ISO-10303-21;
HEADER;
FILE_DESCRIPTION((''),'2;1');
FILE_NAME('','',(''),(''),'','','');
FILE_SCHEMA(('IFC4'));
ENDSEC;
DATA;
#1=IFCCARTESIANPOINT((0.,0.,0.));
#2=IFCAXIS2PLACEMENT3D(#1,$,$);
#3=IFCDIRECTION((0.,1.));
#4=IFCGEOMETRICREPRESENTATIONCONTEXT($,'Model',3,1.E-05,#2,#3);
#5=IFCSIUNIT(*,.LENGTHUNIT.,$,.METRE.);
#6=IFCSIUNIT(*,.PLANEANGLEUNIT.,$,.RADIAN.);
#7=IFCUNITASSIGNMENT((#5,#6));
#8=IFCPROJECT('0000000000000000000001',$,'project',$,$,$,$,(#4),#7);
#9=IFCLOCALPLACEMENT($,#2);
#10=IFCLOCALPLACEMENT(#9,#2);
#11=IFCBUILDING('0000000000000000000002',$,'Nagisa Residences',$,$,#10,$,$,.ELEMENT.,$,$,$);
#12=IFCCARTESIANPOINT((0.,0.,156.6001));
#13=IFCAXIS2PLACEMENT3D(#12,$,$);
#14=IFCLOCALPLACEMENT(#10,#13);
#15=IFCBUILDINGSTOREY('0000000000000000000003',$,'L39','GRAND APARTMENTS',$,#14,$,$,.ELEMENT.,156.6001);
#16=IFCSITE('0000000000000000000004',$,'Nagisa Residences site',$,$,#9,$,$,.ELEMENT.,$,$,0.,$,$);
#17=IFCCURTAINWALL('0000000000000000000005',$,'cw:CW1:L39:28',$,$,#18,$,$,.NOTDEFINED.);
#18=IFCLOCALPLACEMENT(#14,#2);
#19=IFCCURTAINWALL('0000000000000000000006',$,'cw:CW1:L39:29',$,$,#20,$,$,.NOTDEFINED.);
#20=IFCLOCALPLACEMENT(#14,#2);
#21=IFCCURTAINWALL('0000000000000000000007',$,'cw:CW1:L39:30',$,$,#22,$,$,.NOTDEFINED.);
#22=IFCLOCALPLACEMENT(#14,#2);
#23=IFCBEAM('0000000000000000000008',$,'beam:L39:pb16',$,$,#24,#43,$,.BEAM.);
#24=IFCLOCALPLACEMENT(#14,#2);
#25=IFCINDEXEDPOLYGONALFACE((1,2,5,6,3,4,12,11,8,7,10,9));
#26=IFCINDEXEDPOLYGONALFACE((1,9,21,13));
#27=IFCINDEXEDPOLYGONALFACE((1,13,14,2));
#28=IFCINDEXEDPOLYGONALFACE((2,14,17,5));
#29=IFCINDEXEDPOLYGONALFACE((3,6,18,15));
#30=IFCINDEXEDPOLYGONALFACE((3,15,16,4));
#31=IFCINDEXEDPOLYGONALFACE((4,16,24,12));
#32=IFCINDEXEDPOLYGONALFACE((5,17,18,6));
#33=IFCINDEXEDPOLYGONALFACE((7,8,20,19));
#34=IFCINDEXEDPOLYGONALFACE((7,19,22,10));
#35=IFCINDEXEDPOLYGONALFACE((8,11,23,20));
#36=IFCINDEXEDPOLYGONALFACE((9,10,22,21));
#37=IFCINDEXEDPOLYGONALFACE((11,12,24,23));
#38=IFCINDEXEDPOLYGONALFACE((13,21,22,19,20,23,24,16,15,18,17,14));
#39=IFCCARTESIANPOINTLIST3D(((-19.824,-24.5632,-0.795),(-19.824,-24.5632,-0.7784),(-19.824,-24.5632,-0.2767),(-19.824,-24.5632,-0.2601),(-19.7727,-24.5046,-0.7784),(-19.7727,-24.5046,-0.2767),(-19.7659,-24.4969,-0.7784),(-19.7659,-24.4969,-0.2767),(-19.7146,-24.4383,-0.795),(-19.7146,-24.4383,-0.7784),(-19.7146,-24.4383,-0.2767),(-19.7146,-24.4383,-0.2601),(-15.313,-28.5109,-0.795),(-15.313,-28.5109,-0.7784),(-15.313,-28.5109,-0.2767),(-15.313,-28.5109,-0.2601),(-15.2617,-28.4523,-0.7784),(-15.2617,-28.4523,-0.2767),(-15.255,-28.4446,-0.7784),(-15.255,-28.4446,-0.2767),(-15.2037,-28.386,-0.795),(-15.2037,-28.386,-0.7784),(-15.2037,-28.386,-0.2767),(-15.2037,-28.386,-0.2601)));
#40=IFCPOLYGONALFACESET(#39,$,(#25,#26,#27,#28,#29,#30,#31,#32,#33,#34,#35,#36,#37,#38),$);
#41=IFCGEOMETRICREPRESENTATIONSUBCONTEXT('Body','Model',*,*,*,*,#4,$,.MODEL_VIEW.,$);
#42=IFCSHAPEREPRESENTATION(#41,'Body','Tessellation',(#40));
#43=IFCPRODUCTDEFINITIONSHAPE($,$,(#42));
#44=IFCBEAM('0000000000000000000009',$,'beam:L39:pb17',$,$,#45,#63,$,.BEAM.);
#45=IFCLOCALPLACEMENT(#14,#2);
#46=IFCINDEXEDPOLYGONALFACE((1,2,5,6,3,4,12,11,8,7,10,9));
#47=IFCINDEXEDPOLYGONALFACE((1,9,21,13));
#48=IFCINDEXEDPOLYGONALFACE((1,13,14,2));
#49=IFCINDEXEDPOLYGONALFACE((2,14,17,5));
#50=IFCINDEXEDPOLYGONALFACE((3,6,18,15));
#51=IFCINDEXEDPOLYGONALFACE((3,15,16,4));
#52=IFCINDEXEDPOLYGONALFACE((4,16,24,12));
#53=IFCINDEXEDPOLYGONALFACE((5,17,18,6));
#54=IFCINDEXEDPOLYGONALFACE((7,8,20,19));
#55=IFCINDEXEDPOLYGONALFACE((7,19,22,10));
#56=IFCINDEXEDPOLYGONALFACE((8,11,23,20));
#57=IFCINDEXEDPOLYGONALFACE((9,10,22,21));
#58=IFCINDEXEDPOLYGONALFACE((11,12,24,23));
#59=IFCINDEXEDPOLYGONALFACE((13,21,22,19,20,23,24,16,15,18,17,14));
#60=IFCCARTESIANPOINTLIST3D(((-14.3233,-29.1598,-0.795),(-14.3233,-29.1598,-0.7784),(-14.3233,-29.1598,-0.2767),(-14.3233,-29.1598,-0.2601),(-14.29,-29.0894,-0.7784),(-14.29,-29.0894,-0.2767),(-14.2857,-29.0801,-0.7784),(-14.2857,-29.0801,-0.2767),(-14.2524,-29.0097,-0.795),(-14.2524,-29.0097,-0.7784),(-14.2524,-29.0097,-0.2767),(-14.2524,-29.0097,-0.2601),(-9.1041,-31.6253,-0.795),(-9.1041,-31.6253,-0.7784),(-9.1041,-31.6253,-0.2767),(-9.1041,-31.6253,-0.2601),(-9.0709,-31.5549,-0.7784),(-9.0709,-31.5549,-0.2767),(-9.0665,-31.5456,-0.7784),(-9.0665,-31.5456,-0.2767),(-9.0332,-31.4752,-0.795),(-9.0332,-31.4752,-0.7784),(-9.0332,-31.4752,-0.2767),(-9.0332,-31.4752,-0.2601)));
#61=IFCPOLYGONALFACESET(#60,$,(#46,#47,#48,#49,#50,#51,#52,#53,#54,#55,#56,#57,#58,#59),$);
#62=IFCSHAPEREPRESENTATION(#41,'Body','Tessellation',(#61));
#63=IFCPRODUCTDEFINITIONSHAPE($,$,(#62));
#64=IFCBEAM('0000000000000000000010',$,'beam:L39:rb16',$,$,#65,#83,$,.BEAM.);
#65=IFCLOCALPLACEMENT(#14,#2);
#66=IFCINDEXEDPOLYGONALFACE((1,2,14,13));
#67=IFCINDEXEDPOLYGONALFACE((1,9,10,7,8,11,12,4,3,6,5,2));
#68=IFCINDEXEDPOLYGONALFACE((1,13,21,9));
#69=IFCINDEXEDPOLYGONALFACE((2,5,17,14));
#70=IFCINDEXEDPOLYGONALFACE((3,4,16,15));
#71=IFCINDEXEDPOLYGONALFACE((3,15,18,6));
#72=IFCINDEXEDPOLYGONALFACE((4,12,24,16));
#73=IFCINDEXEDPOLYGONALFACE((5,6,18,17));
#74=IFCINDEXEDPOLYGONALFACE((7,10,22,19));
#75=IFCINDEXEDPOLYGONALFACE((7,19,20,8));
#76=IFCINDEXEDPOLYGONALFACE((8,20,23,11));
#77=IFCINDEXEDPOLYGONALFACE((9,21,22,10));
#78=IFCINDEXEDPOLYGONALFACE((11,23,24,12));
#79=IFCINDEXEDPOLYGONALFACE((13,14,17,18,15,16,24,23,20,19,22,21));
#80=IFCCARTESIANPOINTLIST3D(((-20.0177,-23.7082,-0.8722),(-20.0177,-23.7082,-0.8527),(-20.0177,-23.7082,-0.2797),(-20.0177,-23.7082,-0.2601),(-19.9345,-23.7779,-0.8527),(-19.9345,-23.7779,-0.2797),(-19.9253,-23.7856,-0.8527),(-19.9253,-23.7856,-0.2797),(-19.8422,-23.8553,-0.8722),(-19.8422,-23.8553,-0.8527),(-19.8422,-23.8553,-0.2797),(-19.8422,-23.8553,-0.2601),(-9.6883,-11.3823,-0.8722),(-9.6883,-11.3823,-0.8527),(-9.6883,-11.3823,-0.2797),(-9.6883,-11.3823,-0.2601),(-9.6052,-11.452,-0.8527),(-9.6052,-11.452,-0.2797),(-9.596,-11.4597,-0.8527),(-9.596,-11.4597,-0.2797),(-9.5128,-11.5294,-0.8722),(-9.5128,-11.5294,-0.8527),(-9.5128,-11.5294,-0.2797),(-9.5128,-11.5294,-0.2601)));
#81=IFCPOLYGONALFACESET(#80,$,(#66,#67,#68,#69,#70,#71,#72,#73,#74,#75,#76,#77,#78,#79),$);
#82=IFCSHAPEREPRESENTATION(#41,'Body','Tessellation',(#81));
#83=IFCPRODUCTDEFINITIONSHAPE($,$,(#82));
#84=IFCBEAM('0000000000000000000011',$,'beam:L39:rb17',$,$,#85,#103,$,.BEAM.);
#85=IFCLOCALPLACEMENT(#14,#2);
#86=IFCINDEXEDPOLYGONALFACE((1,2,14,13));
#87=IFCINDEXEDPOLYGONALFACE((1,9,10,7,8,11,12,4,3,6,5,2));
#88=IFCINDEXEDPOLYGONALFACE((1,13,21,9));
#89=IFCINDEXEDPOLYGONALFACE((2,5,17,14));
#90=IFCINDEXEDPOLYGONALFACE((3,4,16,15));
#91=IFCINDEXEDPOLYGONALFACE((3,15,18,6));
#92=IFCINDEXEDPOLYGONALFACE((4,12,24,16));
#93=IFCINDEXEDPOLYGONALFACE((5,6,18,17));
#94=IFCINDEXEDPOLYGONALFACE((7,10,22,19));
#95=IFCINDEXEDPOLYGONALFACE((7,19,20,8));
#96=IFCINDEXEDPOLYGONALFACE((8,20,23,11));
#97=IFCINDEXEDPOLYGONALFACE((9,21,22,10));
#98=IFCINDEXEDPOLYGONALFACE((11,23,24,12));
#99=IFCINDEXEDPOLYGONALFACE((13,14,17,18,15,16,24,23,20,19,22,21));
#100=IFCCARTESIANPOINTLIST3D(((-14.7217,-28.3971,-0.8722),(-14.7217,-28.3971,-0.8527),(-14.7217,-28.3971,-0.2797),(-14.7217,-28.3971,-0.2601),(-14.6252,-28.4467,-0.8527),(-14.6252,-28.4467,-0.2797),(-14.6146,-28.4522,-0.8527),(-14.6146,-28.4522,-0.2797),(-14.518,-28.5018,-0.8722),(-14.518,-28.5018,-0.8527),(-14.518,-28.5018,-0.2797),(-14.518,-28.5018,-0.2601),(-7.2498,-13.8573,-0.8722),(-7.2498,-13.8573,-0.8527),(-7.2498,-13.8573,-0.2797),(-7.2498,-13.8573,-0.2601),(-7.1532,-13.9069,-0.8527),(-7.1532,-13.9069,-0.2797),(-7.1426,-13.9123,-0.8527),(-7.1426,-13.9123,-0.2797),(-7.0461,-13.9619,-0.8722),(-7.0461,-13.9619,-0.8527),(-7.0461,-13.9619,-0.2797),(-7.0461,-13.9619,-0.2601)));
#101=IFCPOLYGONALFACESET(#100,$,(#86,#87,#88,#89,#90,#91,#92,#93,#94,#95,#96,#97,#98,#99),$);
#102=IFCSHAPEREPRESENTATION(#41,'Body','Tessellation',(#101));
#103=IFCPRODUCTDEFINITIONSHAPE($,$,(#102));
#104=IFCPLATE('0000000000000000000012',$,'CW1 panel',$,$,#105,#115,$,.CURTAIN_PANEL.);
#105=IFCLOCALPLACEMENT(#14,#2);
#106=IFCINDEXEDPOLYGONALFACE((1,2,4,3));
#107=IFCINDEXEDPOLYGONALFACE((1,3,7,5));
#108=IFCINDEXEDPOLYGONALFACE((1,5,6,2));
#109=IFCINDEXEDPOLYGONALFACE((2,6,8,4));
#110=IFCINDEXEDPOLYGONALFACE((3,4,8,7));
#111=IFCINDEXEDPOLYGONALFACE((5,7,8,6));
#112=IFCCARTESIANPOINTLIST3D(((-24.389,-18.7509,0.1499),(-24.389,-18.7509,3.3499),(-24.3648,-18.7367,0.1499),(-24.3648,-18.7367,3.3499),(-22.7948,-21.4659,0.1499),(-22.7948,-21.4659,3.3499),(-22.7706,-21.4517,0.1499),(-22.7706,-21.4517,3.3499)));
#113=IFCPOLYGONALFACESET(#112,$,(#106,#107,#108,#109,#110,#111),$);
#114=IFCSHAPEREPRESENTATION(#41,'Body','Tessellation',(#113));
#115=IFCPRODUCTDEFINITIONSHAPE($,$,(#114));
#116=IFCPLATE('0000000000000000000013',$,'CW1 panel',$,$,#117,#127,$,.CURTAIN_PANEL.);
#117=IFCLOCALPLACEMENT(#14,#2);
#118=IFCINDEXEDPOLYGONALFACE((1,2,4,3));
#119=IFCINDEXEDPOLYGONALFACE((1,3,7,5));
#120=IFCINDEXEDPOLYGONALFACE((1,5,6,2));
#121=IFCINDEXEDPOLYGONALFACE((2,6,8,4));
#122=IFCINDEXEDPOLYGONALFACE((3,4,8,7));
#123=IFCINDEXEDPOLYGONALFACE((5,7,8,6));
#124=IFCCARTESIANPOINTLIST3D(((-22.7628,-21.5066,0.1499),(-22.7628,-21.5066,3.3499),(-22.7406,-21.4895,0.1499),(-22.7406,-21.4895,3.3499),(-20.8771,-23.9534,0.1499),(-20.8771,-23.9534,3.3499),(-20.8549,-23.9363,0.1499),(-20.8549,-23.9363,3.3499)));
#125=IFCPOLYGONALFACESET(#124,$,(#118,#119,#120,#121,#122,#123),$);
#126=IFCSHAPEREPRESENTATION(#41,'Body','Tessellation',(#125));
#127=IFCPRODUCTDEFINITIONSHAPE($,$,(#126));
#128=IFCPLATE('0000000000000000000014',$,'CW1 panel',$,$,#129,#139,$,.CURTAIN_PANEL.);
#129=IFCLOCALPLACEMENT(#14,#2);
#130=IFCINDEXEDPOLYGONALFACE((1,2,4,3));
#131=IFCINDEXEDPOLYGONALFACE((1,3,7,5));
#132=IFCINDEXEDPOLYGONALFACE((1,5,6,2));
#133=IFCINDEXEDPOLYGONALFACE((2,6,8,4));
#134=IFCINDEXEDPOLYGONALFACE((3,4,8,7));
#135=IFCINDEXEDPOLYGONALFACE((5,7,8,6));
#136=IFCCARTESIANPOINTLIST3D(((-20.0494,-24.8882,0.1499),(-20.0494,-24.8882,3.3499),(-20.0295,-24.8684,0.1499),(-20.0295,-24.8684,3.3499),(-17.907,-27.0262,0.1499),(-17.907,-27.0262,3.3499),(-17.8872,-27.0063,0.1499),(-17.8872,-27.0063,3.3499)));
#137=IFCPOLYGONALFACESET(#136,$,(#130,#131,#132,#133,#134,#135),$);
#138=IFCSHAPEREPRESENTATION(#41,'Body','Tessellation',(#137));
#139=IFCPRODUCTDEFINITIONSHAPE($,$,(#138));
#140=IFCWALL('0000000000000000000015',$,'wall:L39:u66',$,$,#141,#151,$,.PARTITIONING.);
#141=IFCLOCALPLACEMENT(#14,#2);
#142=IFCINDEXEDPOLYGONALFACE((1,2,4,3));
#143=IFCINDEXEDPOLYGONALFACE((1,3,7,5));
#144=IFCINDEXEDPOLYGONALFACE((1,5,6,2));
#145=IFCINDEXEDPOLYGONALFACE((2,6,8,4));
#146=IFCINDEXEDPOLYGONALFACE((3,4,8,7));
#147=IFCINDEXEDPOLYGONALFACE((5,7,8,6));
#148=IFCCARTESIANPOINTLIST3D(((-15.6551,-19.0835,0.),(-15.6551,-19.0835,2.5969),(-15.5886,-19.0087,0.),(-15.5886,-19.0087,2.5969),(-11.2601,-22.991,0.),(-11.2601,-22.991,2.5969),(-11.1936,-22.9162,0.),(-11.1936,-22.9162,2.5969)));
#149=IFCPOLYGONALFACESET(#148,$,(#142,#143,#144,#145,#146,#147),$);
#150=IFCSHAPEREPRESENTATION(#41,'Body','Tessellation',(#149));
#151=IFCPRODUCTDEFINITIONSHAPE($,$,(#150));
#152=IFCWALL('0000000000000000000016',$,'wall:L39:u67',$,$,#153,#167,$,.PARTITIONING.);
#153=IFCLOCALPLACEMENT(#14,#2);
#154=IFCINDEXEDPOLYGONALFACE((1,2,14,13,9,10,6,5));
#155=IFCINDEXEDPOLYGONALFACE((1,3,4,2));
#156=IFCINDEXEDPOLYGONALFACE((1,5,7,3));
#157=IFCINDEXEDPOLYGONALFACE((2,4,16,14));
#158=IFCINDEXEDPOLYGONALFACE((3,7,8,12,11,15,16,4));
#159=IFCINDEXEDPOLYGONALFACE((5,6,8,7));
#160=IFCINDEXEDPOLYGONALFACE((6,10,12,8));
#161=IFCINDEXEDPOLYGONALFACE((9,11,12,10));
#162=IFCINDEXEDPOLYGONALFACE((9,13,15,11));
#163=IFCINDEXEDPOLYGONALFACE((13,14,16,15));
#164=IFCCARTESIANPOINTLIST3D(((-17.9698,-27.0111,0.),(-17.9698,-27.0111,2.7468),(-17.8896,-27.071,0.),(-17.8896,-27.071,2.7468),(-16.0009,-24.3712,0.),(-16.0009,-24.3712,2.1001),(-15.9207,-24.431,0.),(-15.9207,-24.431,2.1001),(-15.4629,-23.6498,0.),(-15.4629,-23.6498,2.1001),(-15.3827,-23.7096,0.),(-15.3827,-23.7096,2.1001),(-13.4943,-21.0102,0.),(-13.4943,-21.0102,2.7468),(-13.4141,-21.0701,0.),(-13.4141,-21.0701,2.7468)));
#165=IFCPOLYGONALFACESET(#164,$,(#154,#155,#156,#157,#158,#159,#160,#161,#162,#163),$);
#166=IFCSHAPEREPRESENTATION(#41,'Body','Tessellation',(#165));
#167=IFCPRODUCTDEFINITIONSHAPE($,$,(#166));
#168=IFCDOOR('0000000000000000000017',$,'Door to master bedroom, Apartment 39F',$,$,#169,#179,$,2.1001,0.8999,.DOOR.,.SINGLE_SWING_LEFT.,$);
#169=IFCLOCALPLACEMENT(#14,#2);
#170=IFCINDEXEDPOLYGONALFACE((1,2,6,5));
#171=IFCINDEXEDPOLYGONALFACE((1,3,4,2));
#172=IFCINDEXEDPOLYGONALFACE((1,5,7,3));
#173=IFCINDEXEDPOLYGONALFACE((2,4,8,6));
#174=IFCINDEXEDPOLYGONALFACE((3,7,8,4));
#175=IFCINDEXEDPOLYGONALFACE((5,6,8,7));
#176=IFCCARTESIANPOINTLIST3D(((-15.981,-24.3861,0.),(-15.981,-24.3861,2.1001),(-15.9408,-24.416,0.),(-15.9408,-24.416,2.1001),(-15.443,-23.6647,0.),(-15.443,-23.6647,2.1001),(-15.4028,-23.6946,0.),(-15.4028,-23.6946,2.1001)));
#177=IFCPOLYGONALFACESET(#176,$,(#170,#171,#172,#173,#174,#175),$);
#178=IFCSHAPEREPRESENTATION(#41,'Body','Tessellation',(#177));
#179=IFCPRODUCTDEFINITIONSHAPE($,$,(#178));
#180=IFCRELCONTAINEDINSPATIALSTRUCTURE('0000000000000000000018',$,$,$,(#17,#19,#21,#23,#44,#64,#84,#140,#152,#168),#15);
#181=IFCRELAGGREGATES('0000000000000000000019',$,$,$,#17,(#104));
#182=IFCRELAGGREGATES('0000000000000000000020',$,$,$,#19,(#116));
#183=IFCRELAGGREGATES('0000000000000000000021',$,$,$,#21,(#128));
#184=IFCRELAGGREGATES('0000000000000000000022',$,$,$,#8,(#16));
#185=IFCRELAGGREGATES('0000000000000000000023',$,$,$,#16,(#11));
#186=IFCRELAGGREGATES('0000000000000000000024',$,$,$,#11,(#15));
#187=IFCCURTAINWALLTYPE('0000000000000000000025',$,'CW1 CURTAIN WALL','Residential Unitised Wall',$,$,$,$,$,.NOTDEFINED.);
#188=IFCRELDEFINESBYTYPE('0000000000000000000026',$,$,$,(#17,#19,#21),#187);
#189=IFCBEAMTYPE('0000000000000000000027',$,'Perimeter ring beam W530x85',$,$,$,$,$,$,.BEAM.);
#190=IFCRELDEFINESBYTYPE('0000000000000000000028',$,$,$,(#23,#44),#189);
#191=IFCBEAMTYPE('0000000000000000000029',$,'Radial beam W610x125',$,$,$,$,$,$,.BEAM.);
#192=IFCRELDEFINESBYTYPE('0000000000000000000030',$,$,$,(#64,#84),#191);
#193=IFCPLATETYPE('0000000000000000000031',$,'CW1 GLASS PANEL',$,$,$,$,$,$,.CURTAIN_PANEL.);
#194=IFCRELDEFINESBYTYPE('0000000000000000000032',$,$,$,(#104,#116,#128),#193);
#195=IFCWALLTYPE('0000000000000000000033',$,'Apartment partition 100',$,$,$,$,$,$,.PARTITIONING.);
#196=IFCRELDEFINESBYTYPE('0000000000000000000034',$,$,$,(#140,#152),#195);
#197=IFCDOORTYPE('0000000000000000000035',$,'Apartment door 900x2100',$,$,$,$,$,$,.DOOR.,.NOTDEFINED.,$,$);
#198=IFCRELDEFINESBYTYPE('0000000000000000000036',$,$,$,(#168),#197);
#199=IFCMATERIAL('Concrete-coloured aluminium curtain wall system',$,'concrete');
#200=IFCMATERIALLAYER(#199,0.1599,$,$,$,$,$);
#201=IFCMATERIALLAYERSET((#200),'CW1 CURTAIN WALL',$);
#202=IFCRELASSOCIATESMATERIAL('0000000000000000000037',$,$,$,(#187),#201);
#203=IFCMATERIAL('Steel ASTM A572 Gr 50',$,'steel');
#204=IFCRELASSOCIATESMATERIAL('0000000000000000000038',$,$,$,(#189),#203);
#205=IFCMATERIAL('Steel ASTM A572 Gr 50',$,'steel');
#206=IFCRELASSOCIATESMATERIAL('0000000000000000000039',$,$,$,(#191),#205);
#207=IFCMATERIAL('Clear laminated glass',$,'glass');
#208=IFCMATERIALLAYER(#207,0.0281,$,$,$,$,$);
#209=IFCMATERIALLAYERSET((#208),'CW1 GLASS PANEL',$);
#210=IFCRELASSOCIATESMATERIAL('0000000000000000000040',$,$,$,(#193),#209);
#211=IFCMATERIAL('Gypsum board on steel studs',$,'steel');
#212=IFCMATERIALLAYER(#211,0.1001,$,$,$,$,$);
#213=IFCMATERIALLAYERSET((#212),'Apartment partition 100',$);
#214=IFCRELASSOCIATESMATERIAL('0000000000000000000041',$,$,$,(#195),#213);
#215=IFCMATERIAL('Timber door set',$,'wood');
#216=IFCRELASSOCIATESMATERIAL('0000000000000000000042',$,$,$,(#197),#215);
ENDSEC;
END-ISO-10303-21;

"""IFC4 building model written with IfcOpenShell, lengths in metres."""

from ifc_helpers import new_model, si_unit, direction, frame, frame_2d, origin, origin_2d, place, context, subcontext, project, spatial, rectangle, i_section, extrude, material, layer, layer_set, material_profile, profile_set, type_object, element, fill, aggregate, save


model = new_model("IFC4")

# Units and contexts
model_context = context("Model", 3, precision=1e-05, world=origin(), true_north=direction((0.0, 1.0)))
body_context = subcontext(model_context, "Body", "Model", "MODEL_VIEW")
ifc_project = project(units=[si_unit("LENGTHUNIT", "METRE"), si_unit("PLANEANGLEUNIT", "RADIAN")], contexts=[model_context])

# Site, building, storey
site_placement = place(None, origin())
site = spatial("IfcSite", under=ifc_project, at=site_placement, Name="Nagisa Residences site", CompositionType="ELEMENT", RefElevation=0.0)
building_placement = place(site_placement, origin())
building = spatial("IfcBuilding", under=site, at=building_placement, Name="Nagisa Residences", CompositionType="ELEMENT")
storey_placement = place(building_placement, frame((0.0, 0.0, 156.6001)))
storey = spatial("IfcBuildingStorey", under=building, at=storey_placement, Name="L39", Description="GRAND APARTMENTS", CompositionType="ELEMENT", Elevation=156.6001)

# Curtain walls
ifc_material_1 = material(Name="Concrete-coloured aluminium curtain wall system", Category="concrete")
ifc_layer_1 = layer(ifc_material_1, 0.1599)
ifc_layer_set_1 = layer_set([ifc_layer_1], Name="CW1 CURTAIN WALL")
curtain_wall_type = type_object("IfcCurtainWallType", Name="CW1 CURTAIN WALL", Description="Residential Unitised Wall", PredefinedType="NOTDEFINED", material=ifc_layer_set_1)
curtain_wall_1_placement = place(storey_placement, origin())
curtain_wall_1 = element("IfcCurtainWall", 1, at=curtain_wall_1_placement, inside=storey, type_object=curtain_wall_type, Name="cw:CW1:L39:28", PredefinedType="NOTDEFINED")
curtain_wall_2_placement = place(storey_placement, origin())
curtain_wall_2 = element("IfcCurtainWall", 2, at=curtain_wall_2_placement, inside=storey, type_object=curtain_wall_type, Name="cw:CW1:L39:29", PredefinedType="NOTDEFINED")
curtain_wall_3_placement = place(storey_placement, origin())
curtain_wall_3 = element("IfcCurtainWall", 3, at=curtain_wall_3_placement, inside=storey, type_object=curtain_wall_type, Name="cw:CW1:L39:30", PredefinedType="NOTDEFINED")

# Beams
ifc_material_2 = material(Name="Steel ASTM A572 Gr 50", Category="steel")
ifc_material_profile_1 = material_profile(ifc_material_2, i_section(OverallWidth=0.166, OverallDepth=0.5349, WebThickness=0.0103, FlangeThickness=0.0166, at=origin_2d()), Name="W530x85")
ifc_profile_set_1 = profile_set([ifc_material_profile_1], Name="Steel ASTM A572 Gr 50")
beam_type_1 = type_object("IfcBeamType", Name="Perimeter ring beam W530x85", PredefinedType="BEAM", material=ifc_profile_set_1)
beam_1_placement = place(storey_placement, frame((-19.7693, -24.5007, -0.5276), z_axis=(0.752524, -0.658565, 0.0), x_axis=(0.658565, 0.752524, 0.0)))
element("IfcBeam", 4, at=beam_1_placement, inside=storey, type_object=beam_type_1, Name="beam:L39:pb16", PredefinedType="BEAM", context=body_context, shape_type="SweptSolid", body=[
    extrude(i_section(OverallWidth=0.166, OverallDepth=0.5349, WebThickness=0.0103, FlangeThickness=0.0166, at=origin_2d()), origin(), (0.0, 0.0, 1.0), 5.9944),
])
beam_2_placement = place(storey_placement, frame((-14.2878, -29.0847, -0.5276), z_axis=(0.904186, -0.427139, 0.0), x_axis=(0.427139, 0.904186, 0.0)))
element("IfcBeam", 5, at=beam_2_placement, inside=storey, type_object=beam_type_1, Name="beam:L39:pb17", PredefinedType="BEAM", context=body_context, shape_type="SweptSolid", body=[
    extrude(i_section(OverallWidth=0.166, OverallDepth=0.5349, WebThickness=0.0103, FlangeThickness=0.0166, at=origin_2d()), origin(), (0.0, 0.0, 1.0), 5.7722),
])
ifc_material_3 = material(Name="Steel ASTM A572 Gr 50", Category="steel")
ifc_material_profile_2 = material_profile(ifc_material_3, i_section(OverallWidth=0.229, OverallDepth=0.6121, WebThickness=0.012, FlangeThickness=0.0195, at=origin_2d()), Name="W610x125")
ifc_profile_set_2 = profile_set([ifc_material_profile_2], Name="Steel ASTM A572 Gr 50")
beam_type_2 = type_object("IfcBeamType", Name="Radial beam W610x125", PredefinedType="BEAM", material=ifc_profile_set_2)
beam_3_placement = place(storey_placement, frame((-19.9299, -23.7817, -0.5662), z_axis=(0.642301, 0.766453, 0.0), x_axis=(-0.766453, 0.642301, 0.0)))
element("IfcBeam", 6, at=beam_3_placement, inside=storey, type_object=beam_type_2, Name="beam:L39:rb16", PredefinedType="BEAM", context=body_context, shape_type="SweptSolid", body=[
    extrude(i_section(OverallWidth=0.229, OverallDepth=0.6121, WebThickness=0.012, FlangeThickness=0.0195, at=origin_2d()), origin(), (0.0, 0.0, 1.0), 16.0818),
])
beam_4_placement = place(storey_placement, frame((-14.6199, -28.4495, -0.5662), z_axis=(0.457073, 0.889429, 0.0), x_axis=(-0.889429, 0.457073, 0.0)))
element("IfcBeam", 7, at=beam_4_placement, inside=storey, type_object=beam_type_2, Name="beam:L39:rb17", PredefinedType="BEAM", context=body_context, shape_type="SweptSolid", body=[
    extrude(i_section(OverallWidth=0.229, OverallDepth=0.6121, WebThickness=0.012, FlangeThickness=0.0195, at=origin_2d()), origin(), (0.0, 0.0, 1.0), 16.3474),
])

# Plates
ifc_material_4 = material(Name="Clear laminated glass", Category="glass")
ifc_layer_2 = layer(ifc_material_4, 0.0281)
ifc_layer_set_2 = layer_set([ifc_layer_2], Name="CW1 GLASS PANEL")
plate_type = type_object("IfcPlateType", Name="CW1 GLASS PANEL", PredefinedType="CURTAIN_PANEL", material=ifc_layer_set_2)
plate_1_placement = place(storey_placement, frame((-23.5798, -20.1013, 0.1499), z_axis=(0.0, 0.0, 1.0), x_axis=(0.506349, -0.862329, 0.0)))
plate_1 = element("IfcPlate", 8, at=plate_1_placement, type_object=plate_type, Name="CW1 panel", PredefinedType="CURTAIN_PANEL", context=body_context, shape_type="SweptSolid", body=[
    extrude(rectangle(XDim=3.1484, YDim=0.0281, at=origin_2d()), origin(), (0.0, 0.0, 1.0), 3.2),
])
aggregate(curtain_wall_1, [plate_1])
plate_2_placement = place(storey_placement, frame((-21.8088, -22.7214, 0.1499), z_axis=(0.0, 0.0, 1.0), x_axis=(0.61043, -0.79207, 0.0)))
plate_2 = element("IfcPlate", 9, at=plate_2_placement, type_object=plate_type, Name="CW1 panel", PredefinedType="CURTAIN_PANEL", context=body_context, shape_type="SweptSolid", body=[
    extrude(rectangle(XDim=3.0891, YDim=0.0281, at=origin_2d()), origin(), (0.0, 0.0, 1.0), 3.2),
])
aggregate(curtain_wall_2, [plate_2])
plate_3_placement = place(storey_placement, frame((-18.9683, -25.9473, 0.1499), z_axis=(0.0, 0.0, 1.0), x_axis=(0.707836, -0.706377, 0.0)))
plate_3 = element("IfcPlate", 10, at=plate_3_placement, type_object=plate_type, Name="CW1 panel", PredefinedType="CURTAIN_PANEL", context=body_context, shape_type="SweptSolid", body=[
    extrude(rectangle(XDim=3.0266, YDim=0.0281, at=origin_2d()), origin(), (0.0, 0.0, 1.0), 3.2),
])
aggregate(curtain_wall_3, [plate_3])

# Wall
ifc_material_5 = material(Name="Gypsum board on steel studs", Category="steel")
ifc_layer_3 = layer(ifc_material_5, 0.1001)
ifc_layer_set_3 = layer_set([ifc_layer_3], Name="Apartment partition 100")
wall_type_1 = type_object("IfcWallType", Name="Apartment partition 100", PredefinedType="PARTITIONING", material=ifc_layer_set_3)
wall_1_placement = place(storey_placement, frame((-15.6218, -19.0461, 0.0), z_axis=(0.0, 0.0, 1.0), x_axis=(0.747343, -0.664439, 0.0)))
element("IfcWall", 11, at=wall_1_placement, inside=storey, type_object=wall_type_1, Name="wall:L39:u66", PredefinedType="PARTITIONING", context=body_context, shape_type="SweptSolid", body=[
    extrude(rectangle(XDim=5.8809, YDim=0.1001, at=frame_2d((2.9404, 0.0))), origin(), (0.0, 0.0, 1.0), 2.5969),
])

# Wall, opening, door
wall_2_placement = place(storey_placement, frame((-13.4541, -21.04, 0.0), z_axis=(0.0, 0.0, 1.0), x_axis=(-0.597848, -0.801609, 0.0)))
wall_2 = element("IfcWall", 12, at=wall_2_placement, inside=storey, type_object=wall_type_1, Name="wall:L39:u67", PredefinedType="PARTITIONING", context=body_context, shape_type="SweptSolid", body=[
    extrude(rectangle(XDim=7.4861, YDim=0.1001, at=frame_2d((3.7432, 0.0))), origin(), (0.0, 0.0, 1.0), 2.7468),
])
opening_1_placement = place(wall_2_placement, frame((3.293, 0.0, 0.0)))
opening_1 = element("IfcOpeningElement", 13, at=opening_1_placement, cuts=wall_2, PredefinedType="OPENING", context=body_context, shape_type="SweptSolid", body=[
    extrude(rectangle(XDim=0.8999, YDim=2.1001, at=frame_2d((0.45, 1.05))), frame((0.0, 0.0601, 0.0), z_axis=(0.0, -1.0, 0.0), x_axis=(1.0, 0.0, 0.0)), (0.0, 0.0, 1.0), 0.1201),
])
ifc_material_6 = material(Name="Timber door set", Category="wood")
door_type_1 = type_object("IfcDoorType", Name="Apartment door 900x2100", OperationType="NOTDEFINED", PredefinedType="DOOR", material=ifc_material_6)
door_1_placement = place(opening_1_placement, origin())
door_1 = element("IfcDoor", 14, at=door_1_placement, inside=storey, type_object=door_type_1, Name="Door to master bedroom, Apartment 39F", OperationType="SINGLE_SWING_LEFT", OverallHeight=2.1001, OverallWidth=0.8999, PredefinedType="DOOR", context=body_context, shape_type="SweptSolid", body=[
    extrude(rectangle(XDim=0.8999, YDim=2.1001, at=frame_2d((0.45, 1.05))), frame((0.0, 0.0249, 0.0), z_axis=(0.0, -1.0, 0.0), x_axis=(1.0, 0.0, 0.0)), (0.0, 0.0, 1.0), 0.05),
])
fill(opening_1, door_1)

save(model, "model.ifc")
